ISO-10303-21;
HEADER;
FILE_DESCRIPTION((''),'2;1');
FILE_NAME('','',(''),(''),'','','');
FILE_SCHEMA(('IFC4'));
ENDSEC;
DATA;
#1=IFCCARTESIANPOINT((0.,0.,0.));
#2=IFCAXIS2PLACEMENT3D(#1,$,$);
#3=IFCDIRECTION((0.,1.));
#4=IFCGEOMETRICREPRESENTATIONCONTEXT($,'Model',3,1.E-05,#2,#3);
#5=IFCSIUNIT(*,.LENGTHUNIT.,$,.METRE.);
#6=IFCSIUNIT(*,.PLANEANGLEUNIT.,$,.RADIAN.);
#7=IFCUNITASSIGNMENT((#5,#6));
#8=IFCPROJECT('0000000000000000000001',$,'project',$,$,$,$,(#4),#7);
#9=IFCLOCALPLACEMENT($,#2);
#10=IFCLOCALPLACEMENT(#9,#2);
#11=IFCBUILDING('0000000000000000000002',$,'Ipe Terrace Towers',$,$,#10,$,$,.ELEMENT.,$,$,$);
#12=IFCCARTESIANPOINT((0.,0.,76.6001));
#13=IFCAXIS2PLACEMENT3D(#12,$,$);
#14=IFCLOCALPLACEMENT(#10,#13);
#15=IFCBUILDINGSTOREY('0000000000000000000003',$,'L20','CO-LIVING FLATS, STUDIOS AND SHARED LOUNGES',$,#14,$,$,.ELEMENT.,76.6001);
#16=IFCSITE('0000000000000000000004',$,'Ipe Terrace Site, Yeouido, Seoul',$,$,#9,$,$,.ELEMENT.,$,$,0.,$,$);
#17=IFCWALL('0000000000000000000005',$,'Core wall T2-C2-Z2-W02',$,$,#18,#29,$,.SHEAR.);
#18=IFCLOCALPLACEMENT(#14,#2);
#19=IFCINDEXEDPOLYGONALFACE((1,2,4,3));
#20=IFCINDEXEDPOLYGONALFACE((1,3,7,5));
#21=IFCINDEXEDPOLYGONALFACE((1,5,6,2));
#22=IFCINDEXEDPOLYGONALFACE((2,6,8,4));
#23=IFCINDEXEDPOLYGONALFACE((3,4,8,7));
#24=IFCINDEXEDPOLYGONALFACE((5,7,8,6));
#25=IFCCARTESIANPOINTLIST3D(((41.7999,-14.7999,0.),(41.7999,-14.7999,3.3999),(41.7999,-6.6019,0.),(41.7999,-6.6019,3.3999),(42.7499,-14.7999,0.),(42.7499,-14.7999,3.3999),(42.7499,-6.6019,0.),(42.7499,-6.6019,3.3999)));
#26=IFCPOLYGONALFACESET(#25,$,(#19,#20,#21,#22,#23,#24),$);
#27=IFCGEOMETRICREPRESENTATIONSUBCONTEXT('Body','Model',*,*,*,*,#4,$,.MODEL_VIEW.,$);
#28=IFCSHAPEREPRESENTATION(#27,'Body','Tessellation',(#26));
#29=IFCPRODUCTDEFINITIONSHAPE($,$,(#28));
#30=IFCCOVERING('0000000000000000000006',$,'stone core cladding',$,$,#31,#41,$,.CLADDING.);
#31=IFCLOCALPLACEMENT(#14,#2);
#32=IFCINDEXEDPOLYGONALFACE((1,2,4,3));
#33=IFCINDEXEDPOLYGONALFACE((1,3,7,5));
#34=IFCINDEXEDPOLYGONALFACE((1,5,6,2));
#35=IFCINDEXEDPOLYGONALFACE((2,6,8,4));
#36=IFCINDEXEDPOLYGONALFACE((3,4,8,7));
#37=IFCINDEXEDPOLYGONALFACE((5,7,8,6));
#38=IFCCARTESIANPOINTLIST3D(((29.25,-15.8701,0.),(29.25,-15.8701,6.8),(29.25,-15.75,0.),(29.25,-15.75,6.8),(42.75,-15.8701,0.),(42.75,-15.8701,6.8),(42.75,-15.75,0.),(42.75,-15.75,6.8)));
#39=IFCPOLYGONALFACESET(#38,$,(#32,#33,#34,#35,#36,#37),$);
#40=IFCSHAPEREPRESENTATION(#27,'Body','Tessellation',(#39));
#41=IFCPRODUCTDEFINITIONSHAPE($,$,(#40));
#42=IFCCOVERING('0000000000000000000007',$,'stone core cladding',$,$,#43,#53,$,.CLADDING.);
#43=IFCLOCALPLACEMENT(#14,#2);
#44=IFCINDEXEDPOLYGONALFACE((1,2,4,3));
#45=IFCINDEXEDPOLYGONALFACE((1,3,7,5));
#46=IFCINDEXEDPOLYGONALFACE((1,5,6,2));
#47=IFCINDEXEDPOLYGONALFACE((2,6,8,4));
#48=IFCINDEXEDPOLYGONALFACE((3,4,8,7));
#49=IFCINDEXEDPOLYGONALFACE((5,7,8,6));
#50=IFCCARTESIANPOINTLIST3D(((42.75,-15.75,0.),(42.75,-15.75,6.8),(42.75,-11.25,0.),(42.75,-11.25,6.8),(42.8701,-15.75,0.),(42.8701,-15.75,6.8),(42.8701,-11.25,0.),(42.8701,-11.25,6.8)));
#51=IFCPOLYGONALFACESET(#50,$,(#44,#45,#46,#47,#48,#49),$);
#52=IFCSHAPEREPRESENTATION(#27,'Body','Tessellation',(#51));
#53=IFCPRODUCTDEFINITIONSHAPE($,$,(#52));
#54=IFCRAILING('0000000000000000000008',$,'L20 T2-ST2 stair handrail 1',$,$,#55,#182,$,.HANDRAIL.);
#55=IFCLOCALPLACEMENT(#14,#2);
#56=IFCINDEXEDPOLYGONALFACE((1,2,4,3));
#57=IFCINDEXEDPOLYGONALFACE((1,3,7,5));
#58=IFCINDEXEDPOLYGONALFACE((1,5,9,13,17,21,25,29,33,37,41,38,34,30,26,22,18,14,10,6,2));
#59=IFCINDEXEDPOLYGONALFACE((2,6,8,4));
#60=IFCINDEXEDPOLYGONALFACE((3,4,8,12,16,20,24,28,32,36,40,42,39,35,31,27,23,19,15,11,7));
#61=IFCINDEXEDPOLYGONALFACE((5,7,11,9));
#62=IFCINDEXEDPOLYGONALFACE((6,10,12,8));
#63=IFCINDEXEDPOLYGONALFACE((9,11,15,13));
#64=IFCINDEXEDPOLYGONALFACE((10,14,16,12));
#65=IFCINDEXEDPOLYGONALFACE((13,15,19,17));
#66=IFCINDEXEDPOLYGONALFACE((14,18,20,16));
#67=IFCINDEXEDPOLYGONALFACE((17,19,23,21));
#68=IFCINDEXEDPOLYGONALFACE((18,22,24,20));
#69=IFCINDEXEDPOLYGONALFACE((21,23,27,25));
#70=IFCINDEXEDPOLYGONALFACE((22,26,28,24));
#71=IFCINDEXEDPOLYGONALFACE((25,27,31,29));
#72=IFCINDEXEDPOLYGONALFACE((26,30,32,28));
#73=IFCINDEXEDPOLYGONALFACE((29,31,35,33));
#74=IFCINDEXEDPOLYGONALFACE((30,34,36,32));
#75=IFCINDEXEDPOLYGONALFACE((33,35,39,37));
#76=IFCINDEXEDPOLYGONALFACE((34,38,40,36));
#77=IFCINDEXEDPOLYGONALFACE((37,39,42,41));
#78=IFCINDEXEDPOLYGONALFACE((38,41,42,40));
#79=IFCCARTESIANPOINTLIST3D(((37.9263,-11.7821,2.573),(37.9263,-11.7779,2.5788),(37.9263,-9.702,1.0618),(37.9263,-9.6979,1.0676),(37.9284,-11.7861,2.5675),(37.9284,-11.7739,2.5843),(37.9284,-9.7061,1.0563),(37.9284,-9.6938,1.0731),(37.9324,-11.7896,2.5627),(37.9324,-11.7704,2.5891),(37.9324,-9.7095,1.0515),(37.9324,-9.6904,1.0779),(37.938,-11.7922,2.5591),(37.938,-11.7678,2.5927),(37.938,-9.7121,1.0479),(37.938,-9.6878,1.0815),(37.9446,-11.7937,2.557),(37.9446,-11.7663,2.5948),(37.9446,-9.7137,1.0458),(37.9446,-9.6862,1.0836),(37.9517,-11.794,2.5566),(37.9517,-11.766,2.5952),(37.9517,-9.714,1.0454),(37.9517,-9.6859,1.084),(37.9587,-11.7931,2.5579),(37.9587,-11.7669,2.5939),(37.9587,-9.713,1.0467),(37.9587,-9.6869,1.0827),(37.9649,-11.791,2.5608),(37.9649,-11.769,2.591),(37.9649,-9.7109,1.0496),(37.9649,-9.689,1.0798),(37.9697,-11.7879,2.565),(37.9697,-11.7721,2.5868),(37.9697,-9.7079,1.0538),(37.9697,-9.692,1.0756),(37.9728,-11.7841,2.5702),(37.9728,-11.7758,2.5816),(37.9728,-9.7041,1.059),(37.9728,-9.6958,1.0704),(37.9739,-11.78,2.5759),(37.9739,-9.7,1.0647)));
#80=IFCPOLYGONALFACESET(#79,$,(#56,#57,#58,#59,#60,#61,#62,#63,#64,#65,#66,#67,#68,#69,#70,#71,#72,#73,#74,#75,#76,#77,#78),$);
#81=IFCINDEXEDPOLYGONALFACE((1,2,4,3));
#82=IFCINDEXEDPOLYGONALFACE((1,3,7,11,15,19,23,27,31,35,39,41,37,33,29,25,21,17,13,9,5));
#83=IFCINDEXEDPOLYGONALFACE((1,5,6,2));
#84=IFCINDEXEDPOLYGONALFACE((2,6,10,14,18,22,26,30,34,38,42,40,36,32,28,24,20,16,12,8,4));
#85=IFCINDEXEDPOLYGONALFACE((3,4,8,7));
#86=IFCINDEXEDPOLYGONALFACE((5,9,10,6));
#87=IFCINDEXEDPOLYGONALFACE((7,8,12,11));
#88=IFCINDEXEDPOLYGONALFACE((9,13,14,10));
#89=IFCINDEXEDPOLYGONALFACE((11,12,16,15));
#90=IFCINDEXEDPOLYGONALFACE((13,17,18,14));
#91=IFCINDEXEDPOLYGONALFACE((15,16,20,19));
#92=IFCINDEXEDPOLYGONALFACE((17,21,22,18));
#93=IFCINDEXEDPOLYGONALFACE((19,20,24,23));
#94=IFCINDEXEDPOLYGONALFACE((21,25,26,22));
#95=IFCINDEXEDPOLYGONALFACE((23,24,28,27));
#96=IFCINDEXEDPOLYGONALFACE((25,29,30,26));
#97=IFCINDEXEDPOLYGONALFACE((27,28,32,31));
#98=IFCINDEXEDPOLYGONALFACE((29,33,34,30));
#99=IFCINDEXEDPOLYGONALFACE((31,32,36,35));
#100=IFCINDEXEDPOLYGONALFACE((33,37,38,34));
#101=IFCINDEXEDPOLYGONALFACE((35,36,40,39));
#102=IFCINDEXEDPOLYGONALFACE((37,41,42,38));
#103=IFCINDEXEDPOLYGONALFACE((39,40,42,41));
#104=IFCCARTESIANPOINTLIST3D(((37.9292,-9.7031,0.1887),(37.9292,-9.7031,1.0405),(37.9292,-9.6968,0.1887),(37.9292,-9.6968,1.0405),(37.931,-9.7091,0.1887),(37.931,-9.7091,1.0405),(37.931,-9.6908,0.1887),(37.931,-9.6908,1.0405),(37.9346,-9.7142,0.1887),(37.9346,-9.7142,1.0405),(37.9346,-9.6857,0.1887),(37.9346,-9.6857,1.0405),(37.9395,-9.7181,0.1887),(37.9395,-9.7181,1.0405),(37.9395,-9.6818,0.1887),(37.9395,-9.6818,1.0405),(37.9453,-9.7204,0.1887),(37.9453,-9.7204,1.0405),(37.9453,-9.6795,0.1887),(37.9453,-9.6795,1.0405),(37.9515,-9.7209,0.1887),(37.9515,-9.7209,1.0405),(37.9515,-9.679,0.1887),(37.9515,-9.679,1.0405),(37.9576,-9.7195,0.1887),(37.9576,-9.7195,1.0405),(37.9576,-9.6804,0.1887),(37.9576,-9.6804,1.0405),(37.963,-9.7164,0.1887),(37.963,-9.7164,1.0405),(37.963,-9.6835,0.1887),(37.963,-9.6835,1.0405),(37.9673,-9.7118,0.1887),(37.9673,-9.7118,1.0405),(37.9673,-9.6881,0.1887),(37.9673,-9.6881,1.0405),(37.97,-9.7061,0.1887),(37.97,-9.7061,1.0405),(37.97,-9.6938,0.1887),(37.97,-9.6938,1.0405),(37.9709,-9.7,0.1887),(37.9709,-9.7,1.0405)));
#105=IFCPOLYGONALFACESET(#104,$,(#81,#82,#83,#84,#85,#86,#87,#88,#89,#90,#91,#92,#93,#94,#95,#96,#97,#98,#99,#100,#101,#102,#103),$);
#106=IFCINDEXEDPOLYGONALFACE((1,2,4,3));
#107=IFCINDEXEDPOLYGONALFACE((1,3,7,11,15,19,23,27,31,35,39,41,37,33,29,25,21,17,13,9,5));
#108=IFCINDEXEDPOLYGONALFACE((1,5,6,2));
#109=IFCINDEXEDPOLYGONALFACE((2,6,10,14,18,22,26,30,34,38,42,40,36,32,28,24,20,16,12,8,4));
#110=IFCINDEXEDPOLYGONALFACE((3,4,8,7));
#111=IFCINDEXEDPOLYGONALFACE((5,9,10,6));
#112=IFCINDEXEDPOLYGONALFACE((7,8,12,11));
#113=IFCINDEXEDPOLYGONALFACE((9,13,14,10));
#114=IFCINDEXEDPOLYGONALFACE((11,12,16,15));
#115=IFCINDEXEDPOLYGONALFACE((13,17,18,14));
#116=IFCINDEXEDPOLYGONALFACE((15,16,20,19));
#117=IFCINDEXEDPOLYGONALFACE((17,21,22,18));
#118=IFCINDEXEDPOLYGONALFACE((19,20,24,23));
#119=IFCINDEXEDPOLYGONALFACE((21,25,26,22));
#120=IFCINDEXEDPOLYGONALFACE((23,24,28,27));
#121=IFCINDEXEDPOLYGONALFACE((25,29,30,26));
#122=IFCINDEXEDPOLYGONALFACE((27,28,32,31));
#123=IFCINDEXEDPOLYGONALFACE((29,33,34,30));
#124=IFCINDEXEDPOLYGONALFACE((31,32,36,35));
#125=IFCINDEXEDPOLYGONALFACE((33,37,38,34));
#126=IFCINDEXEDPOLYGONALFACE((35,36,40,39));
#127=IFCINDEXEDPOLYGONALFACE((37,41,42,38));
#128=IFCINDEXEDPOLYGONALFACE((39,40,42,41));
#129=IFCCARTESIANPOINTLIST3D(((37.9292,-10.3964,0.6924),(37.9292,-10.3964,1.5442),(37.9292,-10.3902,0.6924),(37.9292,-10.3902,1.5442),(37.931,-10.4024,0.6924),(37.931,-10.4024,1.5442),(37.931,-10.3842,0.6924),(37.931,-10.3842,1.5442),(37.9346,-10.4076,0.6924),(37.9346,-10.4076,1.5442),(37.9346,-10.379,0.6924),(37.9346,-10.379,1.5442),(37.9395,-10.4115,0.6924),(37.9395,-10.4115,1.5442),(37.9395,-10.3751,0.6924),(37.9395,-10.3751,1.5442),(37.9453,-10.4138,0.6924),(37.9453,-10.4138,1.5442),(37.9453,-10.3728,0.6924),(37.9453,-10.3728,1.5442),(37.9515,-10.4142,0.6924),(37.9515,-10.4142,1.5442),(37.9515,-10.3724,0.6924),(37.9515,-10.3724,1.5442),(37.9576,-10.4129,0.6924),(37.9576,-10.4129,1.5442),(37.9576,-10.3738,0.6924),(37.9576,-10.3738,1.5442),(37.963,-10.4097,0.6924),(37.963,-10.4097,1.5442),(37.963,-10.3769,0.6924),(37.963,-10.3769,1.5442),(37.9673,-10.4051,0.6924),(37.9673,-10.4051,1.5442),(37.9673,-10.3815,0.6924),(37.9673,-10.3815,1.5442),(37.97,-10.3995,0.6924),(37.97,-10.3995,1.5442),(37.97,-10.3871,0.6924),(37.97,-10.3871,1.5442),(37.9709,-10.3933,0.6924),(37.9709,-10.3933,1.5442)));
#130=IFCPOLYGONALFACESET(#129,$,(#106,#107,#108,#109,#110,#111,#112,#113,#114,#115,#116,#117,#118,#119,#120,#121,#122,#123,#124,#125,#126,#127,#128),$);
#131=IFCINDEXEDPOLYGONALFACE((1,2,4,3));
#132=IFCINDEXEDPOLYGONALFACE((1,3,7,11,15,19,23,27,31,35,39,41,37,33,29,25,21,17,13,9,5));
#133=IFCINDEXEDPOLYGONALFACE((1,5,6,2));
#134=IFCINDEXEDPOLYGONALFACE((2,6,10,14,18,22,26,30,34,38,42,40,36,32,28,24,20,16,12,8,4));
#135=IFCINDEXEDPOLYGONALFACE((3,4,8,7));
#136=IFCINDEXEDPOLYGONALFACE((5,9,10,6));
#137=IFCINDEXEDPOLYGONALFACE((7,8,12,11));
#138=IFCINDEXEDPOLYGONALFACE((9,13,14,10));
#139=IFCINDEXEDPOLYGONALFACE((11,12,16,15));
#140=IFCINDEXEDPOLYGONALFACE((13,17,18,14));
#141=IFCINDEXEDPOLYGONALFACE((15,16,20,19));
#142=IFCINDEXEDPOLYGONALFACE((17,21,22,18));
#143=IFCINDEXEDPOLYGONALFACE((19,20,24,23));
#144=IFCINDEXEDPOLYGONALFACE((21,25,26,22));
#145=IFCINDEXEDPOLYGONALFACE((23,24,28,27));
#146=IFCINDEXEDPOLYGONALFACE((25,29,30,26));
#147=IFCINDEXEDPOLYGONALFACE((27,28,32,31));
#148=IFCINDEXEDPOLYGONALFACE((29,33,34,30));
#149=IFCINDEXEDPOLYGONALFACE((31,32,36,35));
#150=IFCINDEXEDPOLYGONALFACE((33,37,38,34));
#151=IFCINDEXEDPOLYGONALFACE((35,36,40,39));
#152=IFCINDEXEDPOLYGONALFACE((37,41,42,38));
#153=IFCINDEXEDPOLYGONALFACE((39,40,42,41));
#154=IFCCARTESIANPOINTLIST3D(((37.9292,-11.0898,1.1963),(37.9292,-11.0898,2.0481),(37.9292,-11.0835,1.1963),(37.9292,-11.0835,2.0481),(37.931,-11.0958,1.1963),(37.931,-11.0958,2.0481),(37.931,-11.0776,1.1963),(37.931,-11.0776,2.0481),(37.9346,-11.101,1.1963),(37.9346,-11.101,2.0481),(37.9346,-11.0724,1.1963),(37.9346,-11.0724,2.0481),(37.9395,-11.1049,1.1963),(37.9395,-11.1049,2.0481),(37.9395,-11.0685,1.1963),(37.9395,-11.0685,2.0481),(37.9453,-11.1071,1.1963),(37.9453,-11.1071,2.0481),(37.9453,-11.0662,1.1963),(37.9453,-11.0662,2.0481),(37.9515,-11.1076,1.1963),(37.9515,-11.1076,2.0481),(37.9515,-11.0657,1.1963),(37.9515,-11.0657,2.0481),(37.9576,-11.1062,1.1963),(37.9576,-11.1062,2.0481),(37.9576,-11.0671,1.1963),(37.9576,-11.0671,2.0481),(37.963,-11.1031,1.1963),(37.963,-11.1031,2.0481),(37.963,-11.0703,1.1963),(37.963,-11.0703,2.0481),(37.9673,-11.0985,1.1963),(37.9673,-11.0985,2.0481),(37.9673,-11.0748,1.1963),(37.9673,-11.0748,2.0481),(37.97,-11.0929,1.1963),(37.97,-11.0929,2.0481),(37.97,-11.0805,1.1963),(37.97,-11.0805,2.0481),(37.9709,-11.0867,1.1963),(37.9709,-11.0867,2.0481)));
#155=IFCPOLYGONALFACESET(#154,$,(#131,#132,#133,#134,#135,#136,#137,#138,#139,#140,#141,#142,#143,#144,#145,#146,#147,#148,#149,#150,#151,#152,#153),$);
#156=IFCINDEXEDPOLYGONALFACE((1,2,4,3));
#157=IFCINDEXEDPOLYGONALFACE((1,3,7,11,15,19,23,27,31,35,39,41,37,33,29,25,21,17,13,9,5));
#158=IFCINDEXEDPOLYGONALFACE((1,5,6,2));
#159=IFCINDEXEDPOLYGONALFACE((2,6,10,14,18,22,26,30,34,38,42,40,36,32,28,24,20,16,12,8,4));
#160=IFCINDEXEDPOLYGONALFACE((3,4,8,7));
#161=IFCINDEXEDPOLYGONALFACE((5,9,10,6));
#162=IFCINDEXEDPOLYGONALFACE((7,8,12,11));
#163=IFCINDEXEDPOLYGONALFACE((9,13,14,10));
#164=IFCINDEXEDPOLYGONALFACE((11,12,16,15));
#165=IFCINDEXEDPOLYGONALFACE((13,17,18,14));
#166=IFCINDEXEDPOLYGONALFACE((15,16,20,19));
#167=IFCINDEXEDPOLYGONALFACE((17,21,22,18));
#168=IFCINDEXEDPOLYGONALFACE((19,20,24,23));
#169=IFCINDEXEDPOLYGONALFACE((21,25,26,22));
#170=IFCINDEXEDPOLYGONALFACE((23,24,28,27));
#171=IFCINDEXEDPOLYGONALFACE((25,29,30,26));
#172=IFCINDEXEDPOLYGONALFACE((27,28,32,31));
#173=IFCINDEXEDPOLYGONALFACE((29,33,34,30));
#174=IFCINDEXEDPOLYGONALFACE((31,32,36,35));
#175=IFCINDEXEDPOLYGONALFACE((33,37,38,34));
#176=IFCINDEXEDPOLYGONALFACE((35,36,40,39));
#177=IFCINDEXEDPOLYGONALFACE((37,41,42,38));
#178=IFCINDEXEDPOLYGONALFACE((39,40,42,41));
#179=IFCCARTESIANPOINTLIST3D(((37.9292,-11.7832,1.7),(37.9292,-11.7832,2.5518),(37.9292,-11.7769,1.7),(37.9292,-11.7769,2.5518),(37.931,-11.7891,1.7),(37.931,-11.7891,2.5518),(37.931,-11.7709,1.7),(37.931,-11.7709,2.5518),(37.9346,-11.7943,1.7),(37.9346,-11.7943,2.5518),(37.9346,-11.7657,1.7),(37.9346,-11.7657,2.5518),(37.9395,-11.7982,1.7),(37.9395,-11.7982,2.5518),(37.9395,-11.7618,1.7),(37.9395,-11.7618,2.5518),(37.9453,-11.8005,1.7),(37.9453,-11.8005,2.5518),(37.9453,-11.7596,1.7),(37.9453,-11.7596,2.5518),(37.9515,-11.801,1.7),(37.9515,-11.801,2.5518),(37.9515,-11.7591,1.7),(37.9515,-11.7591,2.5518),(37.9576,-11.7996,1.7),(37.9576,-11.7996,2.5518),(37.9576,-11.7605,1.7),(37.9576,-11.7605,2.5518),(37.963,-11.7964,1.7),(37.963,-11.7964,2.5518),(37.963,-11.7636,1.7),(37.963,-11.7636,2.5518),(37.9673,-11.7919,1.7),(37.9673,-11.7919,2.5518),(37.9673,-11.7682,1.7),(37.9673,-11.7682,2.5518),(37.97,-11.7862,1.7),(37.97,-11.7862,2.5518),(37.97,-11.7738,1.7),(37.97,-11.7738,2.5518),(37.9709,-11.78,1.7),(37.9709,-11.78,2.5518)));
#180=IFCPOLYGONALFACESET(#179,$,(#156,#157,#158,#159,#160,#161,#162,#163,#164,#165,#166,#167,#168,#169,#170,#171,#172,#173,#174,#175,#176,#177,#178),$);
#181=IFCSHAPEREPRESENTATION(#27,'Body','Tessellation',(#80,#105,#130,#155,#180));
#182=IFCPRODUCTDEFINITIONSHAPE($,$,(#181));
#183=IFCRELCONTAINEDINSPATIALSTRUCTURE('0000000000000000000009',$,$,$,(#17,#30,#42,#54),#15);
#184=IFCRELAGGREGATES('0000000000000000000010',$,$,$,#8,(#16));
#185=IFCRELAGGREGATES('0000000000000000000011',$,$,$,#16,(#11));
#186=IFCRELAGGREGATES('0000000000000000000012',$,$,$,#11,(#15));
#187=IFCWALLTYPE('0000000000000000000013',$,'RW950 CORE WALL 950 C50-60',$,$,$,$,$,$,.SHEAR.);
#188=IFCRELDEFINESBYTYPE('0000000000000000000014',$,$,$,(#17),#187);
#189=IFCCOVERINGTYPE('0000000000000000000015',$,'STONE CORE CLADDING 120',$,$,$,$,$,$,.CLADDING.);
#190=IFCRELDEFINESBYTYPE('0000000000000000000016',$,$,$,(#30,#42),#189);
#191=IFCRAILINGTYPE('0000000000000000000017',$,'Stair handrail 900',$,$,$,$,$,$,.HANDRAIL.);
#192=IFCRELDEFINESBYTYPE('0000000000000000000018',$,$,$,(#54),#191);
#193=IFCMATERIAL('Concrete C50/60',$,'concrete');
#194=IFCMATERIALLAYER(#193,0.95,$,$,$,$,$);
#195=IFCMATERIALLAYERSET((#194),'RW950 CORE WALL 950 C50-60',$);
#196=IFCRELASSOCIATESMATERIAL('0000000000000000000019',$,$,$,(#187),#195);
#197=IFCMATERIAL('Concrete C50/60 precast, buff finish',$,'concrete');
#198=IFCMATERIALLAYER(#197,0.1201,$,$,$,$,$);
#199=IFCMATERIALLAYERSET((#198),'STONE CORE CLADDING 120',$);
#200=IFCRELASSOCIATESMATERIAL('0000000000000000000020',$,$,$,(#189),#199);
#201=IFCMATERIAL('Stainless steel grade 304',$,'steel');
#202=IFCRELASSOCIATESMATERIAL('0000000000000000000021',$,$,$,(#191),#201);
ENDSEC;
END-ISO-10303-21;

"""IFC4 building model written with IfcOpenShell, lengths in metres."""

from ifc_helpers import new_model, si_unit, direction, frame, frame_2d, origin, origin_2d, place, context, subcontext, project, spatial, rectangle, circle, extrude, material, layer, layer_set, type_object, element, save


model = new_model("IFC4")

# Units and contexts
model_context = context("Model", 3, precision=1e-05, world=origin(), true_north=direction((0.0, 1.0)))
body_context = subcontext(model_context, "Body", "Model", "MODEL_VIEW")
ifc_project = project(units=[si_unit("LENGTHUNIT", "METRE"), si_unit("PLANEANGLEUNIT", "RADIAN")], contexts=[model_context])

# Site, building, storey
site_placement = place(None, origin())
site = spatial("IfcSite", under=ifc_project, at=site_placement, Name="Ipe Terrace Site, Yeouido, Seoul", CompositionType="ELEMENT", RefElevation=0.0)
building_placement = place(site_placement, origin())
building = spatial("IfcBuilding", under=site, at=building_placement, Name="Ipe Terrace Towers", CompositionType="ELEMENT")
storey_placement = place(building_placement, frame((0.0, 0.0, 76.6001)))
storey = spatial("IfcBuildingStorey", under=building, at=storey_placement, Name="L20", Description="CO-LIVING FLATS, STUDIOS AND SHARED LOUNGES", CompositionType="ELEMENT", Elevation=76.6001)

# Wall
ifc_material_1 = material(Name="Concrete C50/60", Category="concrete")
ifc_layer_1 = layer(ifc_material_1, 0.95)
ifc_layer_set_1 = layer_set([ifc_layer_1], Name="RW950 CORE WALL 950 C50-60")
wall_type_1 = type_object("IfcWallType", Name="RW950 CORE WALL 950 C50-60", PredefinedType="SHEAR", material=ifc_layer_set_1)
wall_1_placement = place(storey_placement, frame((42.2749, -14.8, 0.0), z_axis=(0.0, 0.0, 1.0), x_axis=(0.0, 1.0, 0.0)))
element("IfcWall", 1, at=wall_1_placement, inside=storey, type_object=wall_type_1, Name="Core wall T2-C2-Z2-W02", PredefinedType="SHEAR", context=body_context, shape_type="SweptSolid", body=[
    extrude(rectangle(XDim=8.198, YDim=0.95, at=frame_2d((4.0991, 0.0))), origin(), (0.0, 0.0, 1.0), 3.3999),
])

# Coverings
ifc_material_2 = material(Name="Concrete C50/60 precast, buff finish", Category="concrete")
ifc_layer_2 = layer(ifc_material_2, 0.1201)
ifc_layer_set_2 = layer_set([ifc_layer_2], Name="STONE CORE CLADDING 120")
covering_type = type_object("IfcCoveringType", Name="STONE CORE CLADDING 120", PredefinedType="CLADDING", material=ifc_layer_set_2)
covering_1_placement = place(storey_placement, frame((36.0, -15.8101, 0.0), z_axis=(0.0, 0.0, 1.0), x_axis=(1.0, 0.0, 0.0)))
element("IfcCovering", 2, at=covering_1_placement, inside=storey, type_object=covering_type, Name="stone core cladding", PredefinedType="CLADDING", context=body_context, shape_type="SweptSolid", body=[
    extrude(rectangle(XDim=13.5, YDim=0.1201, at=origin_2d()), origin(), (0.0, 0.0, 1.0), 6.8),
])
covering_2_placement = place(storey_placement, frame((42.8101, -13.5, 0.0), z_axis=(0.0, 0.0, 1.0), x_axis=(0.0, 1.0, 0.0)))
element("IfcCovering", 3, at=covering_2_placement, inside=storey, type_object=covering_type, Name="stone core cladding", PredefinedType="CLADDING", context=body_context, shape_type="SweptSolid", body=[
    extrude(rectangle(XDim=4.5, YDim=0.1201, at=origin_2d()), origin(), (0.0, 0.0, 1.0), 6.8),
])

# Railing
ifc_material_3 = material(Name="Stainless steel grade 304", Category="steel")
railing_type_1 = type_object("IfcRailingType", Name="Stair handrail 900", PredefinedType="HANDRAIL", material=ifc_material_3)
railing_1_placement = place(storey_placement, frame((37.95, -9.7, 0.1887)))
element("IfcRailing", 4, at=railing_1_placement, inside=storey, type_object=railing_type_1, Name="L20 T2-ST2 stair handrail 1", PredefinedType="HANDRAIL", context=body_context, shape_type="SweptSolid", body=[
    extrude(circle(Radius=0.0239, at=origin_2d()), frame((0.0, 0.0, 0.876), z_axis=(0.0, -0.809023, 0.587776), x_axis=(1.0, 0.0, 0.0)), (0.0, 0.0, 1.0), 2.571),
    extrude(circle(Radius=0.021, at=origin_2d()), origin(), (0.0, 0.0, 1.0), 0.8518),
    extrude(circle(Radius=0.021, at=origin_2d()), frame((0.0, -0.6934, 0.5037)), (0.0, 0.0, 1.0), 0.8518),
    extrude(circle(Radius=0.021, at=origin_2d()), frame((0.0, -1.3867, 1.0076)), (0.0, 0.0, 1.0), 0.8518),
    extrude(circle(Radius=0.021, at=origin_2d()), frame((0.0, -2.0801, 1.5112)), (0.0, 0.0, 1.0), 0.8518),
])

save(model, "model.ifc")
